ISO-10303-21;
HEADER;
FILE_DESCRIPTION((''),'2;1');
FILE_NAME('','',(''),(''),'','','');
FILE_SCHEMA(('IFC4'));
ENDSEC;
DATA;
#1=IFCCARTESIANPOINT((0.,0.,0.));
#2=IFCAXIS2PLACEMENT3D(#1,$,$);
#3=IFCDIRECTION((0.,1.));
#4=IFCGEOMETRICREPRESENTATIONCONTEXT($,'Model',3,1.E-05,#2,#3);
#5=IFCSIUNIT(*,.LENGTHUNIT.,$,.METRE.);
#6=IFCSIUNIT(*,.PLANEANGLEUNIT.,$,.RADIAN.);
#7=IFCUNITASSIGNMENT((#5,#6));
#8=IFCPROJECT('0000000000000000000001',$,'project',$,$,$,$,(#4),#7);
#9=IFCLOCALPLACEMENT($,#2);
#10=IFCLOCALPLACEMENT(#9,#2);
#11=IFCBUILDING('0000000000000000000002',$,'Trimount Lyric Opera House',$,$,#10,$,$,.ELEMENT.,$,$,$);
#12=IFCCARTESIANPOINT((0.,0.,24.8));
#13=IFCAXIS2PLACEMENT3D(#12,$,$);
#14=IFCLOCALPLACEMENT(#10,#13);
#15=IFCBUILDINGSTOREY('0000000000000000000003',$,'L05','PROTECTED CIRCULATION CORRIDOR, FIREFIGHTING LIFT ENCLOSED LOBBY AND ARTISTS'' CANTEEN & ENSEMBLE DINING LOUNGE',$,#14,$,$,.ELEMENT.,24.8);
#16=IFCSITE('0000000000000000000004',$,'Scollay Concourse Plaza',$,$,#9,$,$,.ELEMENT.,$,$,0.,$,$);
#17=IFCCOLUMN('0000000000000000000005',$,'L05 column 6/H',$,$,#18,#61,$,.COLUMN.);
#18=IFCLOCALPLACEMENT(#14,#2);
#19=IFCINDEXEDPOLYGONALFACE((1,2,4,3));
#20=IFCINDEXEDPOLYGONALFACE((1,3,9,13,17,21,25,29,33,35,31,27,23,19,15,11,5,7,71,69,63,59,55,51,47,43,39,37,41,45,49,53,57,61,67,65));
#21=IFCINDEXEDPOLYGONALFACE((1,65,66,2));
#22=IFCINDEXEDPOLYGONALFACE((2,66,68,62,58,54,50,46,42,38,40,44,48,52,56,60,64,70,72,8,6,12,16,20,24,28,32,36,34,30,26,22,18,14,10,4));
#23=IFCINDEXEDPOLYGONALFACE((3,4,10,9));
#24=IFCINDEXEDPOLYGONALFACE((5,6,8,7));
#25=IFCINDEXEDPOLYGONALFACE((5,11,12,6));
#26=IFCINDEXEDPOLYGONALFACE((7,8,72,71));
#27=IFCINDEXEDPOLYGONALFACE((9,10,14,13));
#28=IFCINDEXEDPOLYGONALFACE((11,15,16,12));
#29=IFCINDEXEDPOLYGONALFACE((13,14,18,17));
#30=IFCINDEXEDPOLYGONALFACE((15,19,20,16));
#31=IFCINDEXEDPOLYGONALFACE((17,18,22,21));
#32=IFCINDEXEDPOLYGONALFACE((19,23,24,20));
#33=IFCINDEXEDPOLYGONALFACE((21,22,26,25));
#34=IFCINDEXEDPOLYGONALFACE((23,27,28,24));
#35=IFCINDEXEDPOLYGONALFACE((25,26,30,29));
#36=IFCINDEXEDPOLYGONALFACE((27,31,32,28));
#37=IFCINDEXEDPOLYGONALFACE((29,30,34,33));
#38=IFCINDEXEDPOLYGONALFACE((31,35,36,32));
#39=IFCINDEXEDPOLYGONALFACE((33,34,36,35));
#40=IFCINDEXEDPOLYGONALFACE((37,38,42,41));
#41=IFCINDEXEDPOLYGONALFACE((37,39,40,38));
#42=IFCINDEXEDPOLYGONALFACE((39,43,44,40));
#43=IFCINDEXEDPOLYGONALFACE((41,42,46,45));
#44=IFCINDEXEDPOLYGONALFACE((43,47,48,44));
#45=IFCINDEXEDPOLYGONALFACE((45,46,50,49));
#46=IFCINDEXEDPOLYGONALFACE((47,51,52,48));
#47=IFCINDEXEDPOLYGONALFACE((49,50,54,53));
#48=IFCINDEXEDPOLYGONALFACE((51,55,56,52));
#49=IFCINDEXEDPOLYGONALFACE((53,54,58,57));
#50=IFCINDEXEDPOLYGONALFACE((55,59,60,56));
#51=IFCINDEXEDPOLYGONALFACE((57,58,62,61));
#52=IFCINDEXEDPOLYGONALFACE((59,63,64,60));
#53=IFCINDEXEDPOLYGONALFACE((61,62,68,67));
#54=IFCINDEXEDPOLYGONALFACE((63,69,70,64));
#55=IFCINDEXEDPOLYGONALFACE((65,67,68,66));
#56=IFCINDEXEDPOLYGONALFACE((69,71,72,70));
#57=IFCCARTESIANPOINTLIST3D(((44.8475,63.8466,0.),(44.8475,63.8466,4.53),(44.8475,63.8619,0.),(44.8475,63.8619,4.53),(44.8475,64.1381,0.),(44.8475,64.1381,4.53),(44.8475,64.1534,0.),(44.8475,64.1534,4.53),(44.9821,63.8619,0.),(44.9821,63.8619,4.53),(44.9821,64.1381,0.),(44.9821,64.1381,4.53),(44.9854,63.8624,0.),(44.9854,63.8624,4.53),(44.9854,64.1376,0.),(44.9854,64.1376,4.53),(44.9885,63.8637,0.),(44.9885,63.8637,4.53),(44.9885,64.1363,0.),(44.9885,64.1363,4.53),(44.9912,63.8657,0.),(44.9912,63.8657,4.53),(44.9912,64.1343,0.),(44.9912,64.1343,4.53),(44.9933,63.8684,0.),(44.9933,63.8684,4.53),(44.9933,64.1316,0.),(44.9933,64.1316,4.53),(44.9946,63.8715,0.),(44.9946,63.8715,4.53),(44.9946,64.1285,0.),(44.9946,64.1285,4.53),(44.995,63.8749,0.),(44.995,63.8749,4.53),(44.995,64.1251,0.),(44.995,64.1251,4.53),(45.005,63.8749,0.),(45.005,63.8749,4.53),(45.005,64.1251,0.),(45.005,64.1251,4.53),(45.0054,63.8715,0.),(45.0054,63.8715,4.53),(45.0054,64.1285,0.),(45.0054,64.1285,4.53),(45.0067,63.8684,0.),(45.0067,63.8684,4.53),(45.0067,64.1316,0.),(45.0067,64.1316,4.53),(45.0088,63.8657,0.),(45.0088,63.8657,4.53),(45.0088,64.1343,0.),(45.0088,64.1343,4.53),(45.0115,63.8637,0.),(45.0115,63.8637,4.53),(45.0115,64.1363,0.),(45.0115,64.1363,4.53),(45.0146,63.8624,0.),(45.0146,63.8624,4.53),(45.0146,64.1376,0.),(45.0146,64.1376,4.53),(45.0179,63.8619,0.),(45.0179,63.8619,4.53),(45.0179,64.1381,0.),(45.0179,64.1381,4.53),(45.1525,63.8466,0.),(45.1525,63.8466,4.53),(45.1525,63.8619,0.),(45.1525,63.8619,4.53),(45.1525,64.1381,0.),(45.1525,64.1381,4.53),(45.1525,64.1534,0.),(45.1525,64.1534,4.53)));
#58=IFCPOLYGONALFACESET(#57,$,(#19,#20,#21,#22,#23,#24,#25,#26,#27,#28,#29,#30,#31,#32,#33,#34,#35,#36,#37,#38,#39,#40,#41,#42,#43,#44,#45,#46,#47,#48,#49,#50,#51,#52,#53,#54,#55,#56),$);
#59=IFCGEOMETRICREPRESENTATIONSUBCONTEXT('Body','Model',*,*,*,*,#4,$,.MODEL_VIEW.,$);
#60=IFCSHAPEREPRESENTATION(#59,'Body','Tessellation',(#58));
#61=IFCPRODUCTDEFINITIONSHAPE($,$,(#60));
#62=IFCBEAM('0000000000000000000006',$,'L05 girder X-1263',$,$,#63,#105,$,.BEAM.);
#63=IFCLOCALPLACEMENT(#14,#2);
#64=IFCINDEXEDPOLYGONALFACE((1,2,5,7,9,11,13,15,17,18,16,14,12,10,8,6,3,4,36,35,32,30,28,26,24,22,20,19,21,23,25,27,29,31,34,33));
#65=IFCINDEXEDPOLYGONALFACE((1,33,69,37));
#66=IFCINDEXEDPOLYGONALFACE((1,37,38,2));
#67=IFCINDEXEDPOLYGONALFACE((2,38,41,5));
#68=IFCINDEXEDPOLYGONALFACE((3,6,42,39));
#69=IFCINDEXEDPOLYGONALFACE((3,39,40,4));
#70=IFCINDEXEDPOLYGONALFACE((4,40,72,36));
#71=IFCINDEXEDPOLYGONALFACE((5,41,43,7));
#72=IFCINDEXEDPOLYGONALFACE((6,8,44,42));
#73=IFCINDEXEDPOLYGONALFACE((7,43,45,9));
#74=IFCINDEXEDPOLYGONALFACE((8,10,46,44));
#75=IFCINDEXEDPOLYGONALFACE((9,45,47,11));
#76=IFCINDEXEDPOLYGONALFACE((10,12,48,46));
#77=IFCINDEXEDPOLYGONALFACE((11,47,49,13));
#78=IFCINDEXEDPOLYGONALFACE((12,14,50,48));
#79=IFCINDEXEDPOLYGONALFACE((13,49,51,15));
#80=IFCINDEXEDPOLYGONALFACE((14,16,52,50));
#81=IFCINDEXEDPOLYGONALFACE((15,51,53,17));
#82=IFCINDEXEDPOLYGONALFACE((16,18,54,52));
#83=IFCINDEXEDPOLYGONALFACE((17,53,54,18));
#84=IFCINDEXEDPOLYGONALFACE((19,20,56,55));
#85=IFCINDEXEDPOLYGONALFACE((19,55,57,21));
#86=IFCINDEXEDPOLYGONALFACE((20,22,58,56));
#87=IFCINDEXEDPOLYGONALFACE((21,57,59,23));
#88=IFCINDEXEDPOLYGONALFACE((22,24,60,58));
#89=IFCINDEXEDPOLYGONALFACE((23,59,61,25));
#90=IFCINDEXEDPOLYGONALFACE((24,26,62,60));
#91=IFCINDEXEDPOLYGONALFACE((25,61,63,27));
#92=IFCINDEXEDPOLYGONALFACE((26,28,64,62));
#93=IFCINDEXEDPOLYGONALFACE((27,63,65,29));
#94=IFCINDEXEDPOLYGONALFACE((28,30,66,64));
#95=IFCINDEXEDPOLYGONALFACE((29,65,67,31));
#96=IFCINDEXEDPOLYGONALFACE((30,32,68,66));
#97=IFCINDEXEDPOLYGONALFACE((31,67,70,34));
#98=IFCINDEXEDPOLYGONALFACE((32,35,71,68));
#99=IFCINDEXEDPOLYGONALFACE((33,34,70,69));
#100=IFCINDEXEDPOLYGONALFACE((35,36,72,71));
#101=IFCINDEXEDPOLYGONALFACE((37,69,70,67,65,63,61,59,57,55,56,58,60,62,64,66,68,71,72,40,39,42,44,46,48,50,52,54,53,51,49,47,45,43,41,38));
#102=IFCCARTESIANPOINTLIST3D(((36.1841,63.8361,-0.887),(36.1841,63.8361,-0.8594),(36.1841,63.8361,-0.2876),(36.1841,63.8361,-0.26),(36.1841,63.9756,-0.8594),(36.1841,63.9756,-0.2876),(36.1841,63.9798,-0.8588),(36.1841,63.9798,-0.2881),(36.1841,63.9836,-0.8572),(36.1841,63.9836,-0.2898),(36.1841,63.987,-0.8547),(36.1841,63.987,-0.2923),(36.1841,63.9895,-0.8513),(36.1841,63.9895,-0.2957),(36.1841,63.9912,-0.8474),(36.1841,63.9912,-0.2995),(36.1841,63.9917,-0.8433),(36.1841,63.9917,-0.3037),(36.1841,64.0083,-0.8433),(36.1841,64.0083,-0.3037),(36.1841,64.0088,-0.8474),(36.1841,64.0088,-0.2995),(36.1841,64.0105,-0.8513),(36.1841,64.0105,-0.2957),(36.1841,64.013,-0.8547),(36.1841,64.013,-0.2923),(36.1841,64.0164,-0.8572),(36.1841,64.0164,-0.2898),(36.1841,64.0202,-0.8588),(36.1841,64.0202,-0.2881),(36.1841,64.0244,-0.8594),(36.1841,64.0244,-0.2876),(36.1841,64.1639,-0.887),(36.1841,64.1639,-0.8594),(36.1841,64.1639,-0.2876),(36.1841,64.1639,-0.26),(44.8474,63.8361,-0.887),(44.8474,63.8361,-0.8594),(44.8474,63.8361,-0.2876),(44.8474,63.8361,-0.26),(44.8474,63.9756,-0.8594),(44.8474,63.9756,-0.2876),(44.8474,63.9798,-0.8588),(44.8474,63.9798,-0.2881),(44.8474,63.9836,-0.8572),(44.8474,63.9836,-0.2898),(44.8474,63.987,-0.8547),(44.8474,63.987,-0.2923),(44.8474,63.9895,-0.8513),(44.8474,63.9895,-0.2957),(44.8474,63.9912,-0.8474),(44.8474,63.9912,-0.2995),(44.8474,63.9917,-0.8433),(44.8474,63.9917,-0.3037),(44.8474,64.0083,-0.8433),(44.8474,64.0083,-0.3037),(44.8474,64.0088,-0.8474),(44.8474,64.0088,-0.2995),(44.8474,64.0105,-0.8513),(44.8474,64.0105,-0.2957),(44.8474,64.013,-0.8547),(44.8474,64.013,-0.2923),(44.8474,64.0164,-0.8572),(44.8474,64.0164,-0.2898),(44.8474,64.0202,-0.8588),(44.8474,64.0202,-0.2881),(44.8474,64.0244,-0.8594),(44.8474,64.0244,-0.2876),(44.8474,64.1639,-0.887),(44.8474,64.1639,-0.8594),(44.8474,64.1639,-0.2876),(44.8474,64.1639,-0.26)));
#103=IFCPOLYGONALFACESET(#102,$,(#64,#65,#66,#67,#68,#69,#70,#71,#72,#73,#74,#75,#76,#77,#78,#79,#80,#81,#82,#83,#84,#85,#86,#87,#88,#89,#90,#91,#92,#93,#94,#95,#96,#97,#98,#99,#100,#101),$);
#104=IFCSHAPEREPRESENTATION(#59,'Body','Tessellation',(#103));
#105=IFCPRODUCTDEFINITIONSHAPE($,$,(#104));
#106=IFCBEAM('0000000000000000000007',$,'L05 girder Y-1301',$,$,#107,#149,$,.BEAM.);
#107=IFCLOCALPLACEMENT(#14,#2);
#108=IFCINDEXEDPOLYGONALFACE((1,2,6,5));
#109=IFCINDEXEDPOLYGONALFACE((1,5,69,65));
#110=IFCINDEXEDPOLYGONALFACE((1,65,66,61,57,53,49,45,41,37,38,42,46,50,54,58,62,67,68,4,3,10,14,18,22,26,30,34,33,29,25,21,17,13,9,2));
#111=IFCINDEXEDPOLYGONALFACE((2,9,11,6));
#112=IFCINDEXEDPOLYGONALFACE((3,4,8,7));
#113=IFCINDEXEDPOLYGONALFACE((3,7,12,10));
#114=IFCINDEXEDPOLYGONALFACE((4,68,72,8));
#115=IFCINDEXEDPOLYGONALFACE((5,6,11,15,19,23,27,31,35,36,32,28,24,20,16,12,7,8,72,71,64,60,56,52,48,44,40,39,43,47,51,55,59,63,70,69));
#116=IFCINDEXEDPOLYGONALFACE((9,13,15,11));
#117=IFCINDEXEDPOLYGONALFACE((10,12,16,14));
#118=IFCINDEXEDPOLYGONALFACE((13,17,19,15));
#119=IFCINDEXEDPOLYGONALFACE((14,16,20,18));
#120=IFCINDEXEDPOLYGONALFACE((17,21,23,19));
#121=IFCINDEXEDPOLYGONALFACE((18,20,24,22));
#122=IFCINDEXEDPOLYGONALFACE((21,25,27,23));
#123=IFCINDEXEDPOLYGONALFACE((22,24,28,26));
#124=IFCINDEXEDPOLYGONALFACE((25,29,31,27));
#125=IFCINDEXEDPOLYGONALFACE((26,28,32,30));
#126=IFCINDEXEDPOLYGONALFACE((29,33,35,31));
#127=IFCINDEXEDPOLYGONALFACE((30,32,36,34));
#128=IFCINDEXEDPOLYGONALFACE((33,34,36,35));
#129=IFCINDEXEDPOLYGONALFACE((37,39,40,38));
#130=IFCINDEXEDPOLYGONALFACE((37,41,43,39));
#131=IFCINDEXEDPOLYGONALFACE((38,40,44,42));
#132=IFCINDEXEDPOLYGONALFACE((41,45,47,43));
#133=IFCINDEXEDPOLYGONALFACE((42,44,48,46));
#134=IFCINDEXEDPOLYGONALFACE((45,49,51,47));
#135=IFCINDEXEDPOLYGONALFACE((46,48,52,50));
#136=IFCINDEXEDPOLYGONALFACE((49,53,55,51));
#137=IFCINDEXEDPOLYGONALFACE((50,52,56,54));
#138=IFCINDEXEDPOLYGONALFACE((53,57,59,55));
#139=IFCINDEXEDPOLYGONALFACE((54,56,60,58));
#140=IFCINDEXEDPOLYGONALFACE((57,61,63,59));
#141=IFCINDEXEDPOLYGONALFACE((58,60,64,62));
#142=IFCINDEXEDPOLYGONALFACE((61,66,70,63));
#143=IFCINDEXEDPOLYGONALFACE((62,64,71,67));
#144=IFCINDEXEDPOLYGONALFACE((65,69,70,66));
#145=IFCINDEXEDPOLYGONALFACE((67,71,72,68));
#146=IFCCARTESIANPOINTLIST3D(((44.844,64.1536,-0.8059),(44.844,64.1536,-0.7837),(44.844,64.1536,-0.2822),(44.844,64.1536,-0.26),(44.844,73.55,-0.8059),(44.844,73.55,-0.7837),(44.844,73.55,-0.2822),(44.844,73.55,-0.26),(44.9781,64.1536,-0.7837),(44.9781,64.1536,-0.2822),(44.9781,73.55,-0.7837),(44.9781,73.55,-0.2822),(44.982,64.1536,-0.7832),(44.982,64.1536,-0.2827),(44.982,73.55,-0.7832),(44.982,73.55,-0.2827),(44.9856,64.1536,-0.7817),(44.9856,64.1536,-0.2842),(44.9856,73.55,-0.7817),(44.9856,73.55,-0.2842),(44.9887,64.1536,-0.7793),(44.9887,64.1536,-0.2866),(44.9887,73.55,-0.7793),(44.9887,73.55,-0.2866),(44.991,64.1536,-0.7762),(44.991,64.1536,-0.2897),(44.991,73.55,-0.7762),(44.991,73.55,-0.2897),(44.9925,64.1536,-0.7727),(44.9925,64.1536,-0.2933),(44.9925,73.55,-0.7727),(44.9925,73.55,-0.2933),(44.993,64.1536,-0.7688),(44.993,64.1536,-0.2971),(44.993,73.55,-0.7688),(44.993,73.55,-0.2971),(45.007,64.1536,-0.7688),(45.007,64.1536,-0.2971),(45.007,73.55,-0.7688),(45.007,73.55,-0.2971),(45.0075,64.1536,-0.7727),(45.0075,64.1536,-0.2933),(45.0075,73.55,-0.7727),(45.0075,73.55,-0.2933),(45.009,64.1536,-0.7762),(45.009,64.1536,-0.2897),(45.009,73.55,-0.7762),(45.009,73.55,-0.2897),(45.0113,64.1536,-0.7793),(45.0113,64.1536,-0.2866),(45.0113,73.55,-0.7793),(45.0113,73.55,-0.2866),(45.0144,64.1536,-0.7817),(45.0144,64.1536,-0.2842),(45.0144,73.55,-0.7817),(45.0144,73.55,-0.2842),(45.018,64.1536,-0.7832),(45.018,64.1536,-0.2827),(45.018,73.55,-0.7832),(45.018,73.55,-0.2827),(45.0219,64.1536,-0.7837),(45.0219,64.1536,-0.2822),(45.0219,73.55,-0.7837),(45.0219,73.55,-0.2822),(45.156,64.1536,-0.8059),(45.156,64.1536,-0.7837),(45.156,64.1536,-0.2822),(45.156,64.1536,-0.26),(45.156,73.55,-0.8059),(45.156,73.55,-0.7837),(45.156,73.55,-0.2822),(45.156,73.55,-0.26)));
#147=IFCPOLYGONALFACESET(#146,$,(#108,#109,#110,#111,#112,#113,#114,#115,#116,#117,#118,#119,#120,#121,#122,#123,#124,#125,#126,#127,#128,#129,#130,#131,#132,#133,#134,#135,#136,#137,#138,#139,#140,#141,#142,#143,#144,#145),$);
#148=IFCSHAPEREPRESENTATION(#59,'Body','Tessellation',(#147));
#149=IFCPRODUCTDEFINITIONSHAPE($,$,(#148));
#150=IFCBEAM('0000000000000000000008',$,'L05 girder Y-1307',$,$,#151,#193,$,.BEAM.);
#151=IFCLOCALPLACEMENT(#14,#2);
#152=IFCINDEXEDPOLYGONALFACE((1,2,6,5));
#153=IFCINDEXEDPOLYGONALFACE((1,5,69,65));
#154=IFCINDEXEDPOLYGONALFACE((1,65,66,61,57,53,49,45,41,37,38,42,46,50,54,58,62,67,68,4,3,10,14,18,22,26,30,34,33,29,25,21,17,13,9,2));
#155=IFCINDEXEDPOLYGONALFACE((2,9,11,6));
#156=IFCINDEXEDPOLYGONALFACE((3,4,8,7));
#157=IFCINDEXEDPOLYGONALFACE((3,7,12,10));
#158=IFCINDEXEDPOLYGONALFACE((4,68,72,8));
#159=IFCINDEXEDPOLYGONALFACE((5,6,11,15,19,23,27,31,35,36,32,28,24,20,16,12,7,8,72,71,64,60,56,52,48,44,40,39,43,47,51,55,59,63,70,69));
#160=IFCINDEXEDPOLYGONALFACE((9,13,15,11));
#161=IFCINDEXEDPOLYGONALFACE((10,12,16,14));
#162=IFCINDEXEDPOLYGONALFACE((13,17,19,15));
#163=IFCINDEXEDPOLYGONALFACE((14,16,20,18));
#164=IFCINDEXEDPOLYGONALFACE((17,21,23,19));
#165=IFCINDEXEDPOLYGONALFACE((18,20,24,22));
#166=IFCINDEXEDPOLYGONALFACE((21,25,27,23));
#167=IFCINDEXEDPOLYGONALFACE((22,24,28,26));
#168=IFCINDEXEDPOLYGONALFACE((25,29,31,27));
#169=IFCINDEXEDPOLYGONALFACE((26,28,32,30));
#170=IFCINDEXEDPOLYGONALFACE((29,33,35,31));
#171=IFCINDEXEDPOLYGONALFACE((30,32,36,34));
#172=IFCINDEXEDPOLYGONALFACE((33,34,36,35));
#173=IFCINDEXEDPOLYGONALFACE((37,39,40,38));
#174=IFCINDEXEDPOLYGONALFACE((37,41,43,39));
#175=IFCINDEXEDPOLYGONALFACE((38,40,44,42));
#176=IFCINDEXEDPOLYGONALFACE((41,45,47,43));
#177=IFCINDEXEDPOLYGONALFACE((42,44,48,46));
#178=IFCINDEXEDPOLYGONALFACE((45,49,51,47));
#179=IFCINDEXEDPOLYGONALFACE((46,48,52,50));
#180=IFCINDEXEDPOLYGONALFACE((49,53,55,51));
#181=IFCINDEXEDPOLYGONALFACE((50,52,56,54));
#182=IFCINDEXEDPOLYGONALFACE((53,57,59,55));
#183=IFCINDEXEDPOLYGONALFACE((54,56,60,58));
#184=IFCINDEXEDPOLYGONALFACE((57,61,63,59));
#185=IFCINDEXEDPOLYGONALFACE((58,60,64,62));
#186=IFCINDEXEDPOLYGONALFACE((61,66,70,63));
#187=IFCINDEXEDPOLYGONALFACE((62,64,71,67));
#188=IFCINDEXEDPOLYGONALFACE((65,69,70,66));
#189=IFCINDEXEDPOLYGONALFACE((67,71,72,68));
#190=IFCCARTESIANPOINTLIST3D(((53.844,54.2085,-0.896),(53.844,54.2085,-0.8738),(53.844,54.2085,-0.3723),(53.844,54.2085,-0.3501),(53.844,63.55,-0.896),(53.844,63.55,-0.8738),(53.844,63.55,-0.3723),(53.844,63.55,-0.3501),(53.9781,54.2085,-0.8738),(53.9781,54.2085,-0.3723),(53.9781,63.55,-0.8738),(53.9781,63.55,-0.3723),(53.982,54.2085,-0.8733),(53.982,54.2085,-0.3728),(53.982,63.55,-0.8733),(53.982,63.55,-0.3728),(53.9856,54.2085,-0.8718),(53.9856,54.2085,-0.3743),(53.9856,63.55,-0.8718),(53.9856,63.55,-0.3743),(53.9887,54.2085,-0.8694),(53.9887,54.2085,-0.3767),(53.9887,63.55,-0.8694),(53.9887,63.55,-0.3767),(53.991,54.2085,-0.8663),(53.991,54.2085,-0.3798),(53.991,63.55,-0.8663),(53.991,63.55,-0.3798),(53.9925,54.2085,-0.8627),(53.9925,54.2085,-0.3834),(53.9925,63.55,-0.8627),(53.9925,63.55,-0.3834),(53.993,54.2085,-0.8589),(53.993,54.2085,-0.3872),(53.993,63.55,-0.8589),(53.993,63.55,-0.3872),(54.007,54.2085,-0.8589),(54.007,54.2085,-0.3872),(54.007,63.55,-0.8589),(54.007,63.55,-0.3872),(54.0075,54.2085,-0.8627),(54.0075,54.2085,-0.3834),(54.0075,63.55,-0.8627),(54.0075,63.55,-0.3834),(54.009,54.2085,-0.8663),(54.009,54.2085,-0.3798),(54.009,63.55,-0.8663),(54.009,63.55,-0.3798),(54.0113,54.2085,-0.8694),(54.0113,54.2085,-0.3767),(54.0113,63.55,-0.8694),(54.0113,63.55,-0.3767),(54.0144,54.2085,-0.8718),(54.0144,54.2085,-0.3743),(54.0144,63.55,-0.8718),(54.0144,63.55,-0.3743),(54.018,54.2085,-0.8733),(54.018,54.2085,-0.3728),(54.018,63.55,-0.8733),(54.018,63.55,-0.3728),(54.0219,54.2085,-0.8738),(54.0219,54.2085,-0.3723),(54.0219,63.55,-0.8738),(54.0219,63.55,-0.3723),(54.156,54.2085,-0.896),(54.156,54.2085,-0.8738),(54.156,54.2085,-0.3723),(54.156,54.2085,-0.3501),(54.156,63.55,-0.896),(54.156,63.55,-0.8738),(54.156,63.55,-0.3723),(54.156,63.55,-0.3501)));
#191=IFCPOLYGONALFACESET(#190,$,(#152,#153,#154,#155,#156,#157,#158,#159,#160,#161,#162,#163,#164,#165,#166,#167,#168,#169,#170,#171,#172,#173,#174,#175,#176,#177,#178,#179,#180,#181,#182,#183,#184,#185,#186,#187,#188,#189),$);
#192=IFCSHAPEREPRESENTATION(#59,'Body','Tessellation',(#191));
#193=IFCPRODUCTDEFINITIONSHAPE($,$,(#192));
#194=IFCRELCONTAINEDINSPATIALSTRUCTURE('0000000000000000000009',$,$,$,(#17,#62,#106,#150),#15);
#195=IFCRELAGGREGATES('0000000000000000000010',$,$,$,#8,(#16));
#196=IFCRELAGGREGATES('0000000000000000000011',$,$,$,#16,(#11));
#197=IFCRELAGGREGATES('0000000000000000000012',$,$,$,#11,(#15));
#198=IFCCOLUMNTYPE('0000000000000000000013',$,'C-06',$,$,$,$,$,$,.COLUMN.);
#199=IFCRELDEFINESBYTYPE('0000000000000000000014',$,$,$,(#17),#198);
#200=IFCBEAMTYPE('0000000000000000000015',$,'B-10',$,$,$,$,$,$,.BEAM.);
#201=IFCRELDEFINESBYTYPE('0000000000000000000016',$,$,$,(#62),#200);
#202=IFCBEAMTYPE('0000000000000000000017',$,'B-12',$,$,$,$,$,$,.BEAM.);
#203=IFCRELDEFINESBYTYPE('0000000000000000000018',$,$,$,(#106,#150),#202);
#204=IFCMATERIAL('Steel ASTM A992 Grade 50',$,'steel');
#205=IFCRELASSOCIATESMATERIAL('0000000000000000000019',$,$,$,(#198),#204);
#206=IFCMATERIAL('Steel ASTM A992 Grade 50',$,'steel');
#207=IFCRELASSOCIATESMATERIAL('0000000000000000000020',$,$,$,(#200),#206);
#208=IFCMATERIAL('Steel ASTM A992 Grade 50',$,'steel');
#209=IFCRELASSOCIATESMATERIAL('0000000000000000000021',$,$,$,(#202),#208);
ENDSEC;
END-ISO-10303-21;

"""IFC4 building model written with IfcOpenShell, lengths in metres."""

from ifc_helpers import new_model, si_unit, direction, frame, origin, origin_2d, place, context, subcontext, project, spatial, i_section, extrude, material, material_profile, profile_set, type_object, element, save


model = new_model("IFC4")

# Units and contexts
model_context = context("Model", 3, precision=1e-05, world=origin(), true_north=direction((0.0, 1.0)))
body_context = subcontext(model_context, "Body", "Model", "MODEL_VIEW")
ifc_project = project(units=[si_unit("LENGTHUNIT", "METRE"), si_unit("PLANEANGLEUNIT", "RADIAN")], contexts=[model_context])

# Site, building, storey
site_placement = place(None, origin())
site = spatial("IfcSite", under=ifc_project, at=site_placement, Name="Scollay Concourse Plaza", CompositionType="ELEMENT", RefElevation=0.0)
building_placement = place(site_placement, origin())
building = spatial("IfcBuilding", under=site, at=building_placement, Name="Trimount Lyric Opera House", CompositionType="ELEMENT")
storey_placement = place(building_placement, frame((0.0, 0.0, 24.8)))
storey = spatial("IfcBuildingStorey", under=building, at=storey_placement, Name="L05", Description="PROTECTED CIRCULATION CORRIDOR, FIREFIGHTING LIFT ENCLOSED LOBBY AND ARTISTS' CANTEEN & ENSEMBLE DINING LOUNGE", CompositionType="ELEMENT", Elevation=24.8)

# Column
ifc_material_1 = material(Name="Steel ASTM A992 Grade 50", Category="steel")
ifc_material_profile_1 = material_profile(ifc_material_1, i_section(OverallWidth=0.3049, OverallDepth=0.3069, WebThickness=0.01, FlangeThickness=0.0154, FilletRadius=0.0129, at=origin_2d()), Name="W12X65")
ifc_profile_set_1 = profile_set([ifc_material_profile_1], Name="Steel ASTM A992 Grade 50")
column_type = type_object("IfcColumnType", Name="C-06", PredefinedType="COLUMN", material=ifc_profile_set_1)
column_placement = place(storey_placement, frame((45.0, 64.0, 0.0), z_axis=(0.0, 0.0, 1.0), x_axis=(1.0, 0.0, 0.0)))
element("IfcColumn", 1, at=column_placement, inside=storey, type_object=column_type, Name="L05 column 6/H", PredefinedType="COLUMN", context=body_context, shape_type="SweptSolid", body=[
    extrude(i_section(OverallWidth=0.3049, OverallDepth=0.3069, WebThickness=0.01, FlangeThickness=0.0154, FilletRadius=0.0129, at=origin_2d()), origin(), (0.0, 0.0, 1.0), 4.53),
])

# Beams
ifc_material_2 = material(Name="Steel ASTM A992 Grade 50", Category="steel")
ifc_material_profile_2 = material_profile(ifc_material_2, i_section(OverallWidth=0.3279, OverallDepth=0.627, WebThickness=0.0166, FlangeThickness=0.0276, FilletRadius=0.0161, at=origin_2d()), Name="W24X146")
ifc_profile_set_2 = profile_set([ifc_material_profile_2], Name="Steel ASTM A992 Grade 50")
beam_type_1 = type_object("IfcBeamType", Name="B-10", PredefinedType="BEAM", material=ifc_profile_set_2)
beam_1_placement = place(storey_placement, frame((36.1841, 64.0, -0.5735), z_axis=(1.0, 0.0, 0.0), x_axis=(0.0, 1.0, 0.0)))
element("IfcBeam", 2, at=beam_1_placement, inside=storey, type_object=beam_type_1, Name="L05 girder X-1263", PredefinedType="BEAM", context=body_context, shape_type="SweptSolid", body=[
    extrude(i_section(OverallWidth=0.3279, OverallDepth=0.627, WebThickness=0.0166, FlangeThickness=0.0276, FilletRadius=0.0161, at=origin_2d()), origin(), (0.0, 0.0, 1.0), 8.6633),
])
ifc_material_3 = material(Name="Steel ASTM A992 Grade 50", Category="steel")
ifc_material_profile_3 = material_profile(ifc_material_3, i_section(OverallWidth=0.312, OverallDepth=0.5459, WebThickness=0.0139, FlangeThickness=0.0222, FilletRadius=0.0149, at=origin_2d()), Name="W21X111")
ifc_profile_set_3 = profile_set([ifc_material_profile_3], Name="Steel ASTM A992 Grade 50")
beam_type_2 = type_object("IfcBeamType", Name="B-12", PredefinedType="BEAM", material=ifc_profile_set_3)
beam_2_placement = place(storey_placement, frame((45.0, 64.1536, -0.533), z_axis=(0.0, 1.0, 0.0), x_axis=(-1.0, 0.0, 0.0)))
element("IfcBeam", 3, at=beam_2_placement, inside=storey, type_object=beam_type_2, Name="L05 girder Y-1301", PredefinedType="BEAM", context=body_context, shape_type="SweptSolid", body=[
    extrude(i_section(OverallWidth=0.312, OverallDepth=0.5459, WebThickness=0.0139, FlangeThickness=0.0222, FilletRadius=0.0149, at=origin_2d()), origin(), (0.0, 0.0, 1.0), 9.3965),
])
beam_3_placement = place(storey_placement, frame((54.0, 54.2085, -0.623), z_axis=(0.0, 1.0, 0.0), x_axis=(-1.0, 0.0, 0.0)))
element("IfcBeam", 4, at=beam_3_placement, inside=storey, type_object=beam_type_2, Name="L05 girder Y-1307", PredefinedType="BEAM", context=body_context, shape_type="SweptSolid", body=[
    extrude(i_section(OverallWidth=0.312, OverallDepth=0.5459, WebThickness=0.0139, FlangeThickness=0.0222, FilletRadius=0.0149, at=origin_2d()), origin(), (0.0, 0.0, 1.0), 9.3416),
])

save(model, "model.ifc")
